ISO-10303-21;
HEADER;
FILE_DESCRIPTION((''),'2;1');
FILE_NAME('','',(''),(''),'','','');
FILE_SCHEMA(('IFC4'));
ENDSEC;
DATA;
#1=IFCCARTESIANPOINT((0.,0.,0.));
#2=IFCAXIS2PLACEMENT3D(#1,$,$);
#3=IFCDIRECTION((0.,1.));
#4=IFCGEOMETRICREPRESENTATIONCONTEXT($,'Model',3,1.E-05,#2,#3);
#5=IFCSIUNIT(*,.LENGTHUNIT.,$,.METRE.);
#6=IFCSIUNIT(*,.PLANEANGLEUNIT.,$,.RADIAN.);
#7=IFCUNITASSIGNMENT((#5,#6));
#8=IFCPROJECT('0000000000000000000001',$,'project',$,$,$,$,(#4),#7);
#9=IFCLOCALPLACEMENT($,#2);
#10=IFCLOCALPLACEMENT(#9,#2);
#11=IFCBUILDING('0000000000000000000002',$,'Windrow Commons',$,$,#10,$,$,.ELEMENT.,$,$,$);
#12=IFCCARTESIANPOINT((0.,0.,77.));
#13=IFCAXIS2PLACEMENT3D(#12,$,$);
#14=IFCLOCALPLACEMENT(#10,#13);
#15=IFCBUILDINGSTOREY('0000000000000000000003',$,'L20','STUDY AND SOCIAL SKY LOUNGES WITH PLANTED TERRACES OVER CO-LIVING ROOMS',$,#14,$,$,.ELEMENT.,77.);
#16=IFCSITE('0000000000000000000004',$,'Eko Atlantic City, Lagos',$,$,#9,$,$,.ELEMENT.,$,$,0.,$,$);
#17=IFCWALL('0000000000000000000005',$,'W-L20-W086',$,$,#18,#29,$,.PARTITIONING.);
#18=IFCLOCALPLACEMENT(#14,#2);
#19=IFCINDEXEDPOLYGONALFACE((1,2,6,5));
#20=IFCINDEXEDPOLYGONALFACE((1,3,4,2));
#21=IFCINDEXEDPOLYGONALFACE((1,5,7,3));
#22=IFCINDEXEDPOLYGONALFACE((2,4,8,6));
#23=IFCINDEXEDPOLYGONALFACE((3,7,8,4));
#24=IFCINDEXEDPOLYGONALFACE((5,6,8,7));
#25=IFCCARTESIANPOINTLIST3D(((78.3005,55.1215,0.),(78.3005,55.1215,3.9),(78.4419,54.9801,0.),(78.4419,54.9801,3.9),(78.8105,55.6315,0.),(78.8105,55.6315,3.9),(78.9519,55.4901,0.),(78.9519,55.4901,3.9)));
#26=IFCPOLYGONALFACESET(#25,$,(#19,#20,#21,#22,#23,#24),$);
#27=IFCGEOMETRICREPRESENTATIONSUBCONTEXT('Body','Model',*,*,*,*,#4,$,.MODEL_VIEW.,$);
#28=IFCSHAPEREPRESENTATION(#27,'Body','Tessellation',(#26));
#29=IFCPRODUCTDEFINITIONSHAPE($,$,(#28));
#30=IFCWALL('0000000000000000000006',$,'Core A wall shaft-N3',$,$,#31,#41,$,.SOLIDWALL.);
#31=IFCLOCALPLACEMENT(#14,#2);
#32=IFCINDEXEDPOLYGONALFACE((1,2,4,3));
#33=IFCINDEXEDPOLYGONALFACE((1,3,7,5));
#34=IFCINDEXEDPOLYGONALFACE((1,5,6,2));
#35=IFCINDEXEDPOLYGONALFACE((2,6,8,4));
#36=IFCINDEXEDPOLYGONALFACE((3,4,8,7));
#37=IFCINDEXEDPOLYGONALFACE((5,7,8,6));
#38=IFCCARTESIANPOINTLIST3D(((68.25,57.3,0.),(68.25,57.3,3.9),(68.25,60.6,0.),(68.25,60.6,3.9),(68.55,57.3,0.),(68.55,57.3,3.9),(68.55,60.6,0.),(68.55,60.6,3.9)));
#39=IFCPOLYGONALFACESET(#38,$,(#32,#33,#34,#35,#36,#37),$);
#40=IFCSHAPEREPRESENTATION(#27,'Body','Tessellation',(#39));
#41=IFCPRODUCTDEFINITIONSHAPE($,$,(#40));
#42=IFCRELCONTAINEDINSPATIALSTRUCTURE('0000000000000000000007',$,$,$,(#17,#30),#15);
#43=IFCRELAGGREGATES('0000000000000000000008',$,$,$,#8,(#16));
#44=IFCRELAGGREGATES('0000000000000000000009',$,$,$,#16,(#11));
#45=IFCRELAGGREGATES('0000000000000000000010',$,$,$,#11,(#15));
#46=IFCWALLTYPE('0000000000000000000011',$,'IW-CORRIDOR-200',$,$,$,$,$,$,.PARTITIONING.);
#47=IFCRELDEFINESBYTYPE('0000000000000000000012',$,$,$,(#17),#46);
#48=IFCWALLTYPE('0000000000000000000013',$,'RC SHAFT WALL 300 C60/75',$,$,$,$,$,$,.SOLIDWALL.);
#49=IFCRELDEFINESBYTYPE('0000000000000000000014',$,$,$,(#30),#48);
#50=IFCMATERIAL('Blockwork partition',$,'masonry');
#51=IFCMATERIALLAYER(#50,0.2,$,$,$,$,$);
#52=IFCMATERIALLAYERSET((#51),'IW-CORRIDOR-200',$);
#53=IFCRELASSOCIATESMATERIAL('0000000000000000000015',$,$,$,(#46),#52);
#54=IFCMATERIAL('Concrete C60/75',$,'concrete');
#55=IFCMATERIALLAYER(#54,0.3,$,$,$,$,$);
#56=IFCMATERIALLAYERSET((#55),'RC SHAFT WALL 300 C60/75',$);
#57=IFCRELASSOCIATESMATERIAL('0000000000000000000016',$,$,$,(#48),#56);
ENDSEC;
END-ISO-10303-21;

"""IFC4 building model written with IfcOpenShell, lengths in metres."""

from ifc_helpers import new_model, si_unit, direction, frame, frame_2d, origin, place, context, subcontext, project, spatial, rectangle, extrude, material, layer, layer_set, type_object, element, save


model = new_model("IFC4")

# Units and contexts
model_context = context("Model", 3, precision=1e-05, world=origin(), true_north=direction((0.0, 1.0)))
body_context = subcontext(model_context, "Body", "Model", "MODEL_VIEW")
ifc_project = project(units=[si_unit("LENGTHUNIT", "METRE"), si_unit("PLANEANGLEUNIT", "RADIAN")], contexts=[model_context])

# Site, building, storey
site_placement = place(None, origin())
site = spatial("IfcSite", under=ifc_project, at=site_placement, Name="Eko Atlantic City, Lagos", CompositionType="ELEMENT", RefElevation=0.0)
building_placement = place(site_placement, origin())
building = spatial("IfcBuilding", under=site, at=building_placement, Name="Windrow Commons", CompositionType="ELEMENT")
storey_placement = place(building_placement, frame((0.0, 0.0, 77.0)))
storey = spatial("IfcBuildingStorey", under=building, at=storey_placement, Name="L20", Description="STUDY AND SOCIAL SKY LOUNGES WITH PLANTED TERRACES OVER CO-LIVING ROOMS", CompositionType="ELEMENT", Elevation=77.0)

# Shared definitions
ifc_material_1 = material(Name="Blockwork partition", Category="masonry")
ifc_layer_1 = layer(ifc_material_1, 0.2)
ifc_layer_set_1 = layer_set([ifc_layer_1], Name="IW-CORRIDOR-200")
wall_type_1 = type_object("IfcWallType", Name="IW-CORRIDOR-200", PredefinedType="PARTITIONING", material=ifc_layer_set_1)

# Walls
wall_1_placement = place(storey_placement, frame((78.3712, 55.0508, 0.0), z_axis=(0.0, 0.0, 1.0), x_axis=(0.707107, 0.707107, 0.0)))
element("IfcWall", 1, at=wall_1_placement, inside=storey, type_object=wall_type_1, Name="W-L20-W086", PredefinedType="PARTITIONING", context=body_context, shape_type="SweptSolid", body=[
    extrude(rectangle(XDim=0.7212, YDim=0.2, at=frame_2d((0.3606, 0.0))), origin(), (0.0, 0.0, 1.0), 3.9),
])
ifc_material_2 = material(Name="Concrete C60/75", Category="concrete")
ifc_layer_2 = layer(ifc_material_2, 0.3)
ifc_layer_set_2 = layer_set([ifc_layer_2], Name="RC SHAFT WALL 300 C60/75")
wall_type_2 = type_object("IfcWallType", Name="RC SHAFT WALL 300 C60/75", PredefinedType="SOLIDWALL", material=ifc_layer_set_2)
wall_2_placement = place(storey_placement, frame((68.4, 57.3, 0.0), z_axis=(0.0, 0.0, 1.0), x_axis=(0.0, 1.0, 0.0)))
element("IfcWall", 2, at=wall_2_placement, inside=storey, type_object=wall_type_2, Name="Core A wall shaft-N3", PredefinedType="SOLIDWALL", context=body_context, shape_type="SweptSolid", body=[
    extrude(rectangle(XDim=3.3, YDim=0.3, at=frame_2d((1.65, 0.0))), origin(), (0.0, 0.0, 1.0), 3.9),
])

save(model, "model.ifc")
